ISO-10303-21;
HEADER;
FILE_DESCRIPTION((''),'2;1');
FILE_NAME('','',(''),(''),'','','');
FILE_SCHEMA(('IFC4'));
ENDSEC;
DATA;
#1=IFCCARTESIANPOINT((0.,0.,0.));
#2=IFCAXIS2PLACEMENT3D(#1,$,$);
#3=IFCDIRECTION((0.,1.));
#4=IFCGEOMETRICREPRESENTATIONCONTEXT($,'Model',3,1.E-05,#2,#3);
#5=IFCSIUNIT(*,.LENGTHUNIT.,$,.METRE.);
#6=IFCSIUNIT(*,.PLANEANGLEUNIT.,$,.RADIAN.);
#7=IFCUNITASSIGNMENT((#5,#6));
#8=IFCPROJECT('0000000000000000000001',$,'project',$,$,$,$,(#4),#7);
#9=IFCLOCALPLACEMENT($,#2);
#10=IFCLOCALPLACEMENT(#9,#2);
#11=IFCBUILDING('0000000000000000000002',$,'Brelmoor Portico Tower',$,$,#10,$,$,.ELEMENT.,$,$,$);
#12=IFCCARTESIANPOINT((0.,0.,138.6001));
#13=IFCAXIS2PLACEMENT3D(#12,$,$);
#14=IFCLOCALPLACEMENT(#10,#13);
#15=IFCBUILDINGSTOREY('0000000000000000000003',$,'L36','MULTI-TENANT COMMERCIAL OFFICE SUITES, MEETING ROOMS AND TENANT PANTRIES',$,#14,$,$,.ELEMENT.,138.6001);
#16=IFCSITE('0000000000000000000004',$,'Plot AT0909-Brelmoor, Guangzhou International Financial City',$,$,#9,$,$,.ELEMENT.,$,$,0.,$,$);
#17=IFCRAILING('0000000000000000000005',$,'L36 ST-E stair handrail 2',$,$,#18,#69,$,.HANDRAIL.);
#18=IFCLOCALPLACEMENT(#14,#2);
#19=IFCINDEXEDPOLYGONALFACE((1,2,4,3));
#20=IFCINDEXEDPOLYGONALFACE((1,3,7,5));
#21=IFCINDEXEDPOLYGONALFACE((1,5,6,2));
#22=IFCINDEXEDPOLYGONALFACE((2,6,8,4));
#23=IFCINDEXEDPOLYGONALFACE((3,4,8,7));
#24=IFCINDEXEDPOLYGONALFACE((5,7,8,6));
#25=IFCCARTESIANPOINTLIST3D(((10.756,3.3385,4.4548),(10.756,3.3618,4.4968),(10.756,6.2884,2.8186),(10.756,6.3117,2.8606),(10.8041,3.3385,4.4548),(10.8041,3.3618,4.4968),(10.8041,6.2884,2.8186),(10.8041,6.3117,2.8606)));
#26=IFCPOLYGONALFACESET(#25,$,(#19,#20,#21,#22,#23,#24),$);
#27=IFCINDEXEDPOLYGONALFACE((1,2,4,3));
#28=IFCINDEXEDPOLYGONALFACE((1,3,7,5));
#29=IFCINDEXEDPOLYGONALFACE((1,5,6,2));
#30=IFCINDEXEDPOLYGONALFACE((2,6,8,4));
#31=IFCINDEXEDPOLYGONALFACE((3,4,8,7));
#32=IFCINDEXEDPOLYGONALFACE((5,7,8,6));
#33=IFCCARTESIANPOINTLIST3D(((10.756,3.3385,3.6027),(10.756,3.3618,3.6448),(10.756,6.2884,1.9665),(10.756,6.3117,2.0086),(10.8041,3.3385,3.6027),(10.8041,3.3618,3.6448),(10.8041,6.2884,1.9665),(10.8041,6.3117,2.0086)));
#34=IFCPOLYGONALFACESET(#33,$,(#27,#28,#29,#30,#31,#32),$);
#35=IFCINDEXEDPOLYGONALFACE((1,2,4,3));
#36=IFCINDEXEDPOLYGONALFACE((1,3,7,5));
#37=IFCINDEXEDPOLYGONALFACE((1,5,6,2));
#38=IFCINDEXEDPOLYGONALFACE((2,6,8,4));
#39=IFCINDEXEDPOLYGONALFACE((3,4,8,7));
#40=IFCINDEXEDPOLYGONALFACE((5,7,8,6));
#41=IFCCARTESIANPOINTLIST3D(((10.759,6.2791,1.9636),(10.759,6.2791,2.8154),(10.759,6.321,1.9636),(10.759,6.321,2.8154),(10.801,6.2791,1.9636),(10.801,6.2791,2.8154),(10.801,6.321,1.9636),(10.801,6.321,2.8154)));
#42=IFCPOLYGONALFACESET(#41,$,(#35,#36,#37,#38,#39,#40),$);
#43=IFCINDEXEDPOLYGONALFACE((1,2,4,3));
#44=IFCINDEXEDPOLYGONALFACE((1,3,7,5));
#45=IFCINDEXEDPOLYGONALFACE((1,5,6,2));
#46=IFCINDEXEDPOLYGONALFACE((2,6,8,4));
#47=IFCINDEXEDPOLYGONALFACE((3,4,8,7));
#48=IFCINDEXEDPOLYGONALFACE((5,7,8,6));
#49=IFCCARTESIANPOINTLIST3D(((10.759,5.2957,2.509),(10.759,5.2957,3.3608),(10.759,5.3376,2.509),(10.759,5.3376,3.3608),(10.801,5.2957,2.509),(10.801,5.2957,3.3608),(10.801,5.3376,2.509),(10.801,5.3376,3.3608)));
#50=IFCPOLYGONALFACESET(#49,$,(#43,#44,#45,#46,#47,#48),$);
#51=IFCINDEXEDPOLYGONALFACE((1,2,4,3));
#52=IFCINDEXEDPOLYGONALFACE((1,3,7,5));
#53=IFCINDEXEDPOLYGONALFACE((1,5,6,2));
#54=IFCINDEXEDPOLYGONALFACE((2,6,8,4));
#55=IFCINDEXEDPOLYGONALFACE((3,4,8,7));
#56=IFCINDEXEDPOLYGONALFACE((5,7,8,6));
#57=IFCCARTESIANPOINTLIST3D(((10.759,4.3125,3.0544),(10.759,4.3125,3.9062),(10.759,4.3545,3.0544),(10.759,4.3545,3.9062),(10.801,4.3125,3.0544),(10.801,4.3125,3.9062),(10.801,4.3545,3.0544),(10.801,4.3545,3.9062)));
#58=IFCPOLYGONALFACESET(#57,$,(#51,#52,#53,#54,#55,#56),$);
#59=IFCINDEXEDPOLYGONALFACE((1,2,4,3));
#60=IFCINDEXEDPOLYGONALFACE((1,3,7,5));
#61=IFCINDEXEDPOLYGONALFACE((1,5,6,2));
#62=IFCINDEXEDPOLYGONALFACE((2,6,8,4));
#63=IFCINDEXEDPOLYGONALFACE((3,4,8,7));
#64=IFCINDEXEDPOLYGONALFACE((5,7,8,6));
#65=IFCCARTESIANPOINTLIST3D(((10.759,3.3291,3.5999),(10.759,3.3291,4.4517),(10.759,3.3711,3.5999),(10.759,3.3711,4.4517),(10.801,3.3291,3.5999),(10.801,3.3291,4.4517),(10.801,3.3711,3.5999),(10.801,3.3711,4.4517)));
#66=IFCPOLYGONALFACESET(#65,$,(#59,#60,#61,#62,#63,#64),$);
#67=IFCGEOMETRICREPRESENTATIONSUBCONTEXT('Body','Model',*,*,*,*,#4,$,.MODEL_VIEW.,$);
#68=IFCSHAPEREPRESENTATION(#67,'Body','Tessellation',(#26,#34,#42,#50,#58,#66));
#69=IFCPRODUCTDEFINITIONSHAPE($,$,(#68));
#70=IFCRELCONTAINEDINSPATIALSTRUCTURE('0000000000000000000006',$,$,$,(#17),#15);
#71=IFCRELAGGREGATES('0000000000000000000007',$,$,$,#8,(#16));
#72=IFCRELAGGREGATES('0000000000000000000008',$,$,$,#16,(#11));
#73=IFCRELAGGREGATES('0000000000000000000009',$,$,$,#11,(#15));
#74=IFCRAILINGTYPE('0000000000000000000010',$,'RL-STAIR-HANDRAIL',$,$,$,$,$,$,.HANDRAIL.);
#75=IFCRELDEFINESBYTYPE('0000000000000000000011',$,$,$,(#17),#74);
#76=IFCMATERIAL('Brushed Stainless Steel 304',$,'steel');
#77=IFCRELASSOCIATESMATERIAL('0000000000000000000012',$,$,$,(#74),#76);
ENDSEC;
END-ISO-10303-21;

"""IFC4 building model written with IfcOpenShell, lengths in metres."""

from ifc_helpers import new_model, si_unit, direction, frame, origin, origin_2d, place, context, subcontext, project, spatial, rectangle, extrude, material, type_object, element, save


model = new_model("IFC4")

# Units and contexts
model_context = context("Model", 3, precision=1e-05, world=origin(), true_north=direction((0.0, 1.0)))
body_context = subcontext(model_context, "Body", "Model", "MODEL_VIEW")
ifc_project = project(units=[si_unit("LENGTHUNIT", "METRE"), si_unit("PLANEANGLEUNIT", "RADIAN")], contexts=[model_context])

# Site, building, storey
site_placement = place(None, origin())
site = spatial("IfcSite", under=ifc_project, at=site_placement, Name="Plot AT0909-Brelmoor, Guangzhou International Financial City", CompositionType="ELEMENT", RefElevation=0.0)
building_placement = place(site_placement, origin())
building = spatial("IfcBuilding", under=site, at=building_placement, Name="Brelmoor Portico Tower", CompositionType="ELEMENT")
storey_placement = place(building_placement, frame((0.0, 0.0, 138.6001)))
storey = spatial("IfcBuildingStorey", under=building, at=storey_placement, Name="L36", Description="MULTI-TENANT COMMERCIAL OFFICE SUITES, MEETING ROOMS AND TENANT PANTRIES", CompositionType="ELEMENT", Elevation=138.6001)

# Railing
ifc_material_1 = material(Name="Brushed Stainless Steel 304", Category="steel")
railing_type_1 = type_object("IfcRailingType", Name="RL-STAIR-HANDRAIL", PredefinedType="HANDRAIL", material=ifc_material_1)
railing_1_placement = place(storey_placement, frame((10.78, 6.3, 1.9636)))
element("IfcRailing", 1, at=railing_1_placement, inside=storey, type_object=railing_type_1, Name="L36 ST-E stair handrail 2", PredefinedType="HANDRAIL", context=body_context, shape_type="SweptSolid", body=[
    extrude(rectangle(XDim=0.0481, YDim=0.0481, at=origin_2d()), frame((0.0, 0.0, 0.876), z_axis=(0.0, -0.874488, 0.485047), x_axis=(1.0, 0.0, 0.0)), (0.0, 0.0, 1.0), 3.3733),
    extrude(rectangle(XDim=0.0481, YDim=0.0481, at=origin_2d()), frame((0.0, 0.0, 0.0239), z_axis=(0.0, -0.874488, 0.485047), x_axis=(1.0, 0.0, 0.0)), (0.0, 0.0, 1.0), 3.3733),
    extrude(rectangle(XDim=0.042, YDim=0.042, at=origin_2d()), origin(), (0.0, 0.0, 1.0), 0.8518),
    extrude(rectangle(XDim=0.042, YDim=0.042, at=origin_2d()), frame((0.0, -0.9834, 0.5454)), (0.0, 0.0, 1.0), 0.8518),
    extrude(rectangle(XDim=0.042, YDim=0.042, at=origin_2d()), frame((0.0, -1.9666, 1.0908)), (0.0, 0.0, 1.0), 0.8518),
    extrude(rectangle(XDim=0.042, YDim=0.042, at=origin_2d()), frame((0.0, -2.95, 1.6362)), (0.0, 0.0, 1.0), 0.8518),
])

save(model, "model.ifc")
